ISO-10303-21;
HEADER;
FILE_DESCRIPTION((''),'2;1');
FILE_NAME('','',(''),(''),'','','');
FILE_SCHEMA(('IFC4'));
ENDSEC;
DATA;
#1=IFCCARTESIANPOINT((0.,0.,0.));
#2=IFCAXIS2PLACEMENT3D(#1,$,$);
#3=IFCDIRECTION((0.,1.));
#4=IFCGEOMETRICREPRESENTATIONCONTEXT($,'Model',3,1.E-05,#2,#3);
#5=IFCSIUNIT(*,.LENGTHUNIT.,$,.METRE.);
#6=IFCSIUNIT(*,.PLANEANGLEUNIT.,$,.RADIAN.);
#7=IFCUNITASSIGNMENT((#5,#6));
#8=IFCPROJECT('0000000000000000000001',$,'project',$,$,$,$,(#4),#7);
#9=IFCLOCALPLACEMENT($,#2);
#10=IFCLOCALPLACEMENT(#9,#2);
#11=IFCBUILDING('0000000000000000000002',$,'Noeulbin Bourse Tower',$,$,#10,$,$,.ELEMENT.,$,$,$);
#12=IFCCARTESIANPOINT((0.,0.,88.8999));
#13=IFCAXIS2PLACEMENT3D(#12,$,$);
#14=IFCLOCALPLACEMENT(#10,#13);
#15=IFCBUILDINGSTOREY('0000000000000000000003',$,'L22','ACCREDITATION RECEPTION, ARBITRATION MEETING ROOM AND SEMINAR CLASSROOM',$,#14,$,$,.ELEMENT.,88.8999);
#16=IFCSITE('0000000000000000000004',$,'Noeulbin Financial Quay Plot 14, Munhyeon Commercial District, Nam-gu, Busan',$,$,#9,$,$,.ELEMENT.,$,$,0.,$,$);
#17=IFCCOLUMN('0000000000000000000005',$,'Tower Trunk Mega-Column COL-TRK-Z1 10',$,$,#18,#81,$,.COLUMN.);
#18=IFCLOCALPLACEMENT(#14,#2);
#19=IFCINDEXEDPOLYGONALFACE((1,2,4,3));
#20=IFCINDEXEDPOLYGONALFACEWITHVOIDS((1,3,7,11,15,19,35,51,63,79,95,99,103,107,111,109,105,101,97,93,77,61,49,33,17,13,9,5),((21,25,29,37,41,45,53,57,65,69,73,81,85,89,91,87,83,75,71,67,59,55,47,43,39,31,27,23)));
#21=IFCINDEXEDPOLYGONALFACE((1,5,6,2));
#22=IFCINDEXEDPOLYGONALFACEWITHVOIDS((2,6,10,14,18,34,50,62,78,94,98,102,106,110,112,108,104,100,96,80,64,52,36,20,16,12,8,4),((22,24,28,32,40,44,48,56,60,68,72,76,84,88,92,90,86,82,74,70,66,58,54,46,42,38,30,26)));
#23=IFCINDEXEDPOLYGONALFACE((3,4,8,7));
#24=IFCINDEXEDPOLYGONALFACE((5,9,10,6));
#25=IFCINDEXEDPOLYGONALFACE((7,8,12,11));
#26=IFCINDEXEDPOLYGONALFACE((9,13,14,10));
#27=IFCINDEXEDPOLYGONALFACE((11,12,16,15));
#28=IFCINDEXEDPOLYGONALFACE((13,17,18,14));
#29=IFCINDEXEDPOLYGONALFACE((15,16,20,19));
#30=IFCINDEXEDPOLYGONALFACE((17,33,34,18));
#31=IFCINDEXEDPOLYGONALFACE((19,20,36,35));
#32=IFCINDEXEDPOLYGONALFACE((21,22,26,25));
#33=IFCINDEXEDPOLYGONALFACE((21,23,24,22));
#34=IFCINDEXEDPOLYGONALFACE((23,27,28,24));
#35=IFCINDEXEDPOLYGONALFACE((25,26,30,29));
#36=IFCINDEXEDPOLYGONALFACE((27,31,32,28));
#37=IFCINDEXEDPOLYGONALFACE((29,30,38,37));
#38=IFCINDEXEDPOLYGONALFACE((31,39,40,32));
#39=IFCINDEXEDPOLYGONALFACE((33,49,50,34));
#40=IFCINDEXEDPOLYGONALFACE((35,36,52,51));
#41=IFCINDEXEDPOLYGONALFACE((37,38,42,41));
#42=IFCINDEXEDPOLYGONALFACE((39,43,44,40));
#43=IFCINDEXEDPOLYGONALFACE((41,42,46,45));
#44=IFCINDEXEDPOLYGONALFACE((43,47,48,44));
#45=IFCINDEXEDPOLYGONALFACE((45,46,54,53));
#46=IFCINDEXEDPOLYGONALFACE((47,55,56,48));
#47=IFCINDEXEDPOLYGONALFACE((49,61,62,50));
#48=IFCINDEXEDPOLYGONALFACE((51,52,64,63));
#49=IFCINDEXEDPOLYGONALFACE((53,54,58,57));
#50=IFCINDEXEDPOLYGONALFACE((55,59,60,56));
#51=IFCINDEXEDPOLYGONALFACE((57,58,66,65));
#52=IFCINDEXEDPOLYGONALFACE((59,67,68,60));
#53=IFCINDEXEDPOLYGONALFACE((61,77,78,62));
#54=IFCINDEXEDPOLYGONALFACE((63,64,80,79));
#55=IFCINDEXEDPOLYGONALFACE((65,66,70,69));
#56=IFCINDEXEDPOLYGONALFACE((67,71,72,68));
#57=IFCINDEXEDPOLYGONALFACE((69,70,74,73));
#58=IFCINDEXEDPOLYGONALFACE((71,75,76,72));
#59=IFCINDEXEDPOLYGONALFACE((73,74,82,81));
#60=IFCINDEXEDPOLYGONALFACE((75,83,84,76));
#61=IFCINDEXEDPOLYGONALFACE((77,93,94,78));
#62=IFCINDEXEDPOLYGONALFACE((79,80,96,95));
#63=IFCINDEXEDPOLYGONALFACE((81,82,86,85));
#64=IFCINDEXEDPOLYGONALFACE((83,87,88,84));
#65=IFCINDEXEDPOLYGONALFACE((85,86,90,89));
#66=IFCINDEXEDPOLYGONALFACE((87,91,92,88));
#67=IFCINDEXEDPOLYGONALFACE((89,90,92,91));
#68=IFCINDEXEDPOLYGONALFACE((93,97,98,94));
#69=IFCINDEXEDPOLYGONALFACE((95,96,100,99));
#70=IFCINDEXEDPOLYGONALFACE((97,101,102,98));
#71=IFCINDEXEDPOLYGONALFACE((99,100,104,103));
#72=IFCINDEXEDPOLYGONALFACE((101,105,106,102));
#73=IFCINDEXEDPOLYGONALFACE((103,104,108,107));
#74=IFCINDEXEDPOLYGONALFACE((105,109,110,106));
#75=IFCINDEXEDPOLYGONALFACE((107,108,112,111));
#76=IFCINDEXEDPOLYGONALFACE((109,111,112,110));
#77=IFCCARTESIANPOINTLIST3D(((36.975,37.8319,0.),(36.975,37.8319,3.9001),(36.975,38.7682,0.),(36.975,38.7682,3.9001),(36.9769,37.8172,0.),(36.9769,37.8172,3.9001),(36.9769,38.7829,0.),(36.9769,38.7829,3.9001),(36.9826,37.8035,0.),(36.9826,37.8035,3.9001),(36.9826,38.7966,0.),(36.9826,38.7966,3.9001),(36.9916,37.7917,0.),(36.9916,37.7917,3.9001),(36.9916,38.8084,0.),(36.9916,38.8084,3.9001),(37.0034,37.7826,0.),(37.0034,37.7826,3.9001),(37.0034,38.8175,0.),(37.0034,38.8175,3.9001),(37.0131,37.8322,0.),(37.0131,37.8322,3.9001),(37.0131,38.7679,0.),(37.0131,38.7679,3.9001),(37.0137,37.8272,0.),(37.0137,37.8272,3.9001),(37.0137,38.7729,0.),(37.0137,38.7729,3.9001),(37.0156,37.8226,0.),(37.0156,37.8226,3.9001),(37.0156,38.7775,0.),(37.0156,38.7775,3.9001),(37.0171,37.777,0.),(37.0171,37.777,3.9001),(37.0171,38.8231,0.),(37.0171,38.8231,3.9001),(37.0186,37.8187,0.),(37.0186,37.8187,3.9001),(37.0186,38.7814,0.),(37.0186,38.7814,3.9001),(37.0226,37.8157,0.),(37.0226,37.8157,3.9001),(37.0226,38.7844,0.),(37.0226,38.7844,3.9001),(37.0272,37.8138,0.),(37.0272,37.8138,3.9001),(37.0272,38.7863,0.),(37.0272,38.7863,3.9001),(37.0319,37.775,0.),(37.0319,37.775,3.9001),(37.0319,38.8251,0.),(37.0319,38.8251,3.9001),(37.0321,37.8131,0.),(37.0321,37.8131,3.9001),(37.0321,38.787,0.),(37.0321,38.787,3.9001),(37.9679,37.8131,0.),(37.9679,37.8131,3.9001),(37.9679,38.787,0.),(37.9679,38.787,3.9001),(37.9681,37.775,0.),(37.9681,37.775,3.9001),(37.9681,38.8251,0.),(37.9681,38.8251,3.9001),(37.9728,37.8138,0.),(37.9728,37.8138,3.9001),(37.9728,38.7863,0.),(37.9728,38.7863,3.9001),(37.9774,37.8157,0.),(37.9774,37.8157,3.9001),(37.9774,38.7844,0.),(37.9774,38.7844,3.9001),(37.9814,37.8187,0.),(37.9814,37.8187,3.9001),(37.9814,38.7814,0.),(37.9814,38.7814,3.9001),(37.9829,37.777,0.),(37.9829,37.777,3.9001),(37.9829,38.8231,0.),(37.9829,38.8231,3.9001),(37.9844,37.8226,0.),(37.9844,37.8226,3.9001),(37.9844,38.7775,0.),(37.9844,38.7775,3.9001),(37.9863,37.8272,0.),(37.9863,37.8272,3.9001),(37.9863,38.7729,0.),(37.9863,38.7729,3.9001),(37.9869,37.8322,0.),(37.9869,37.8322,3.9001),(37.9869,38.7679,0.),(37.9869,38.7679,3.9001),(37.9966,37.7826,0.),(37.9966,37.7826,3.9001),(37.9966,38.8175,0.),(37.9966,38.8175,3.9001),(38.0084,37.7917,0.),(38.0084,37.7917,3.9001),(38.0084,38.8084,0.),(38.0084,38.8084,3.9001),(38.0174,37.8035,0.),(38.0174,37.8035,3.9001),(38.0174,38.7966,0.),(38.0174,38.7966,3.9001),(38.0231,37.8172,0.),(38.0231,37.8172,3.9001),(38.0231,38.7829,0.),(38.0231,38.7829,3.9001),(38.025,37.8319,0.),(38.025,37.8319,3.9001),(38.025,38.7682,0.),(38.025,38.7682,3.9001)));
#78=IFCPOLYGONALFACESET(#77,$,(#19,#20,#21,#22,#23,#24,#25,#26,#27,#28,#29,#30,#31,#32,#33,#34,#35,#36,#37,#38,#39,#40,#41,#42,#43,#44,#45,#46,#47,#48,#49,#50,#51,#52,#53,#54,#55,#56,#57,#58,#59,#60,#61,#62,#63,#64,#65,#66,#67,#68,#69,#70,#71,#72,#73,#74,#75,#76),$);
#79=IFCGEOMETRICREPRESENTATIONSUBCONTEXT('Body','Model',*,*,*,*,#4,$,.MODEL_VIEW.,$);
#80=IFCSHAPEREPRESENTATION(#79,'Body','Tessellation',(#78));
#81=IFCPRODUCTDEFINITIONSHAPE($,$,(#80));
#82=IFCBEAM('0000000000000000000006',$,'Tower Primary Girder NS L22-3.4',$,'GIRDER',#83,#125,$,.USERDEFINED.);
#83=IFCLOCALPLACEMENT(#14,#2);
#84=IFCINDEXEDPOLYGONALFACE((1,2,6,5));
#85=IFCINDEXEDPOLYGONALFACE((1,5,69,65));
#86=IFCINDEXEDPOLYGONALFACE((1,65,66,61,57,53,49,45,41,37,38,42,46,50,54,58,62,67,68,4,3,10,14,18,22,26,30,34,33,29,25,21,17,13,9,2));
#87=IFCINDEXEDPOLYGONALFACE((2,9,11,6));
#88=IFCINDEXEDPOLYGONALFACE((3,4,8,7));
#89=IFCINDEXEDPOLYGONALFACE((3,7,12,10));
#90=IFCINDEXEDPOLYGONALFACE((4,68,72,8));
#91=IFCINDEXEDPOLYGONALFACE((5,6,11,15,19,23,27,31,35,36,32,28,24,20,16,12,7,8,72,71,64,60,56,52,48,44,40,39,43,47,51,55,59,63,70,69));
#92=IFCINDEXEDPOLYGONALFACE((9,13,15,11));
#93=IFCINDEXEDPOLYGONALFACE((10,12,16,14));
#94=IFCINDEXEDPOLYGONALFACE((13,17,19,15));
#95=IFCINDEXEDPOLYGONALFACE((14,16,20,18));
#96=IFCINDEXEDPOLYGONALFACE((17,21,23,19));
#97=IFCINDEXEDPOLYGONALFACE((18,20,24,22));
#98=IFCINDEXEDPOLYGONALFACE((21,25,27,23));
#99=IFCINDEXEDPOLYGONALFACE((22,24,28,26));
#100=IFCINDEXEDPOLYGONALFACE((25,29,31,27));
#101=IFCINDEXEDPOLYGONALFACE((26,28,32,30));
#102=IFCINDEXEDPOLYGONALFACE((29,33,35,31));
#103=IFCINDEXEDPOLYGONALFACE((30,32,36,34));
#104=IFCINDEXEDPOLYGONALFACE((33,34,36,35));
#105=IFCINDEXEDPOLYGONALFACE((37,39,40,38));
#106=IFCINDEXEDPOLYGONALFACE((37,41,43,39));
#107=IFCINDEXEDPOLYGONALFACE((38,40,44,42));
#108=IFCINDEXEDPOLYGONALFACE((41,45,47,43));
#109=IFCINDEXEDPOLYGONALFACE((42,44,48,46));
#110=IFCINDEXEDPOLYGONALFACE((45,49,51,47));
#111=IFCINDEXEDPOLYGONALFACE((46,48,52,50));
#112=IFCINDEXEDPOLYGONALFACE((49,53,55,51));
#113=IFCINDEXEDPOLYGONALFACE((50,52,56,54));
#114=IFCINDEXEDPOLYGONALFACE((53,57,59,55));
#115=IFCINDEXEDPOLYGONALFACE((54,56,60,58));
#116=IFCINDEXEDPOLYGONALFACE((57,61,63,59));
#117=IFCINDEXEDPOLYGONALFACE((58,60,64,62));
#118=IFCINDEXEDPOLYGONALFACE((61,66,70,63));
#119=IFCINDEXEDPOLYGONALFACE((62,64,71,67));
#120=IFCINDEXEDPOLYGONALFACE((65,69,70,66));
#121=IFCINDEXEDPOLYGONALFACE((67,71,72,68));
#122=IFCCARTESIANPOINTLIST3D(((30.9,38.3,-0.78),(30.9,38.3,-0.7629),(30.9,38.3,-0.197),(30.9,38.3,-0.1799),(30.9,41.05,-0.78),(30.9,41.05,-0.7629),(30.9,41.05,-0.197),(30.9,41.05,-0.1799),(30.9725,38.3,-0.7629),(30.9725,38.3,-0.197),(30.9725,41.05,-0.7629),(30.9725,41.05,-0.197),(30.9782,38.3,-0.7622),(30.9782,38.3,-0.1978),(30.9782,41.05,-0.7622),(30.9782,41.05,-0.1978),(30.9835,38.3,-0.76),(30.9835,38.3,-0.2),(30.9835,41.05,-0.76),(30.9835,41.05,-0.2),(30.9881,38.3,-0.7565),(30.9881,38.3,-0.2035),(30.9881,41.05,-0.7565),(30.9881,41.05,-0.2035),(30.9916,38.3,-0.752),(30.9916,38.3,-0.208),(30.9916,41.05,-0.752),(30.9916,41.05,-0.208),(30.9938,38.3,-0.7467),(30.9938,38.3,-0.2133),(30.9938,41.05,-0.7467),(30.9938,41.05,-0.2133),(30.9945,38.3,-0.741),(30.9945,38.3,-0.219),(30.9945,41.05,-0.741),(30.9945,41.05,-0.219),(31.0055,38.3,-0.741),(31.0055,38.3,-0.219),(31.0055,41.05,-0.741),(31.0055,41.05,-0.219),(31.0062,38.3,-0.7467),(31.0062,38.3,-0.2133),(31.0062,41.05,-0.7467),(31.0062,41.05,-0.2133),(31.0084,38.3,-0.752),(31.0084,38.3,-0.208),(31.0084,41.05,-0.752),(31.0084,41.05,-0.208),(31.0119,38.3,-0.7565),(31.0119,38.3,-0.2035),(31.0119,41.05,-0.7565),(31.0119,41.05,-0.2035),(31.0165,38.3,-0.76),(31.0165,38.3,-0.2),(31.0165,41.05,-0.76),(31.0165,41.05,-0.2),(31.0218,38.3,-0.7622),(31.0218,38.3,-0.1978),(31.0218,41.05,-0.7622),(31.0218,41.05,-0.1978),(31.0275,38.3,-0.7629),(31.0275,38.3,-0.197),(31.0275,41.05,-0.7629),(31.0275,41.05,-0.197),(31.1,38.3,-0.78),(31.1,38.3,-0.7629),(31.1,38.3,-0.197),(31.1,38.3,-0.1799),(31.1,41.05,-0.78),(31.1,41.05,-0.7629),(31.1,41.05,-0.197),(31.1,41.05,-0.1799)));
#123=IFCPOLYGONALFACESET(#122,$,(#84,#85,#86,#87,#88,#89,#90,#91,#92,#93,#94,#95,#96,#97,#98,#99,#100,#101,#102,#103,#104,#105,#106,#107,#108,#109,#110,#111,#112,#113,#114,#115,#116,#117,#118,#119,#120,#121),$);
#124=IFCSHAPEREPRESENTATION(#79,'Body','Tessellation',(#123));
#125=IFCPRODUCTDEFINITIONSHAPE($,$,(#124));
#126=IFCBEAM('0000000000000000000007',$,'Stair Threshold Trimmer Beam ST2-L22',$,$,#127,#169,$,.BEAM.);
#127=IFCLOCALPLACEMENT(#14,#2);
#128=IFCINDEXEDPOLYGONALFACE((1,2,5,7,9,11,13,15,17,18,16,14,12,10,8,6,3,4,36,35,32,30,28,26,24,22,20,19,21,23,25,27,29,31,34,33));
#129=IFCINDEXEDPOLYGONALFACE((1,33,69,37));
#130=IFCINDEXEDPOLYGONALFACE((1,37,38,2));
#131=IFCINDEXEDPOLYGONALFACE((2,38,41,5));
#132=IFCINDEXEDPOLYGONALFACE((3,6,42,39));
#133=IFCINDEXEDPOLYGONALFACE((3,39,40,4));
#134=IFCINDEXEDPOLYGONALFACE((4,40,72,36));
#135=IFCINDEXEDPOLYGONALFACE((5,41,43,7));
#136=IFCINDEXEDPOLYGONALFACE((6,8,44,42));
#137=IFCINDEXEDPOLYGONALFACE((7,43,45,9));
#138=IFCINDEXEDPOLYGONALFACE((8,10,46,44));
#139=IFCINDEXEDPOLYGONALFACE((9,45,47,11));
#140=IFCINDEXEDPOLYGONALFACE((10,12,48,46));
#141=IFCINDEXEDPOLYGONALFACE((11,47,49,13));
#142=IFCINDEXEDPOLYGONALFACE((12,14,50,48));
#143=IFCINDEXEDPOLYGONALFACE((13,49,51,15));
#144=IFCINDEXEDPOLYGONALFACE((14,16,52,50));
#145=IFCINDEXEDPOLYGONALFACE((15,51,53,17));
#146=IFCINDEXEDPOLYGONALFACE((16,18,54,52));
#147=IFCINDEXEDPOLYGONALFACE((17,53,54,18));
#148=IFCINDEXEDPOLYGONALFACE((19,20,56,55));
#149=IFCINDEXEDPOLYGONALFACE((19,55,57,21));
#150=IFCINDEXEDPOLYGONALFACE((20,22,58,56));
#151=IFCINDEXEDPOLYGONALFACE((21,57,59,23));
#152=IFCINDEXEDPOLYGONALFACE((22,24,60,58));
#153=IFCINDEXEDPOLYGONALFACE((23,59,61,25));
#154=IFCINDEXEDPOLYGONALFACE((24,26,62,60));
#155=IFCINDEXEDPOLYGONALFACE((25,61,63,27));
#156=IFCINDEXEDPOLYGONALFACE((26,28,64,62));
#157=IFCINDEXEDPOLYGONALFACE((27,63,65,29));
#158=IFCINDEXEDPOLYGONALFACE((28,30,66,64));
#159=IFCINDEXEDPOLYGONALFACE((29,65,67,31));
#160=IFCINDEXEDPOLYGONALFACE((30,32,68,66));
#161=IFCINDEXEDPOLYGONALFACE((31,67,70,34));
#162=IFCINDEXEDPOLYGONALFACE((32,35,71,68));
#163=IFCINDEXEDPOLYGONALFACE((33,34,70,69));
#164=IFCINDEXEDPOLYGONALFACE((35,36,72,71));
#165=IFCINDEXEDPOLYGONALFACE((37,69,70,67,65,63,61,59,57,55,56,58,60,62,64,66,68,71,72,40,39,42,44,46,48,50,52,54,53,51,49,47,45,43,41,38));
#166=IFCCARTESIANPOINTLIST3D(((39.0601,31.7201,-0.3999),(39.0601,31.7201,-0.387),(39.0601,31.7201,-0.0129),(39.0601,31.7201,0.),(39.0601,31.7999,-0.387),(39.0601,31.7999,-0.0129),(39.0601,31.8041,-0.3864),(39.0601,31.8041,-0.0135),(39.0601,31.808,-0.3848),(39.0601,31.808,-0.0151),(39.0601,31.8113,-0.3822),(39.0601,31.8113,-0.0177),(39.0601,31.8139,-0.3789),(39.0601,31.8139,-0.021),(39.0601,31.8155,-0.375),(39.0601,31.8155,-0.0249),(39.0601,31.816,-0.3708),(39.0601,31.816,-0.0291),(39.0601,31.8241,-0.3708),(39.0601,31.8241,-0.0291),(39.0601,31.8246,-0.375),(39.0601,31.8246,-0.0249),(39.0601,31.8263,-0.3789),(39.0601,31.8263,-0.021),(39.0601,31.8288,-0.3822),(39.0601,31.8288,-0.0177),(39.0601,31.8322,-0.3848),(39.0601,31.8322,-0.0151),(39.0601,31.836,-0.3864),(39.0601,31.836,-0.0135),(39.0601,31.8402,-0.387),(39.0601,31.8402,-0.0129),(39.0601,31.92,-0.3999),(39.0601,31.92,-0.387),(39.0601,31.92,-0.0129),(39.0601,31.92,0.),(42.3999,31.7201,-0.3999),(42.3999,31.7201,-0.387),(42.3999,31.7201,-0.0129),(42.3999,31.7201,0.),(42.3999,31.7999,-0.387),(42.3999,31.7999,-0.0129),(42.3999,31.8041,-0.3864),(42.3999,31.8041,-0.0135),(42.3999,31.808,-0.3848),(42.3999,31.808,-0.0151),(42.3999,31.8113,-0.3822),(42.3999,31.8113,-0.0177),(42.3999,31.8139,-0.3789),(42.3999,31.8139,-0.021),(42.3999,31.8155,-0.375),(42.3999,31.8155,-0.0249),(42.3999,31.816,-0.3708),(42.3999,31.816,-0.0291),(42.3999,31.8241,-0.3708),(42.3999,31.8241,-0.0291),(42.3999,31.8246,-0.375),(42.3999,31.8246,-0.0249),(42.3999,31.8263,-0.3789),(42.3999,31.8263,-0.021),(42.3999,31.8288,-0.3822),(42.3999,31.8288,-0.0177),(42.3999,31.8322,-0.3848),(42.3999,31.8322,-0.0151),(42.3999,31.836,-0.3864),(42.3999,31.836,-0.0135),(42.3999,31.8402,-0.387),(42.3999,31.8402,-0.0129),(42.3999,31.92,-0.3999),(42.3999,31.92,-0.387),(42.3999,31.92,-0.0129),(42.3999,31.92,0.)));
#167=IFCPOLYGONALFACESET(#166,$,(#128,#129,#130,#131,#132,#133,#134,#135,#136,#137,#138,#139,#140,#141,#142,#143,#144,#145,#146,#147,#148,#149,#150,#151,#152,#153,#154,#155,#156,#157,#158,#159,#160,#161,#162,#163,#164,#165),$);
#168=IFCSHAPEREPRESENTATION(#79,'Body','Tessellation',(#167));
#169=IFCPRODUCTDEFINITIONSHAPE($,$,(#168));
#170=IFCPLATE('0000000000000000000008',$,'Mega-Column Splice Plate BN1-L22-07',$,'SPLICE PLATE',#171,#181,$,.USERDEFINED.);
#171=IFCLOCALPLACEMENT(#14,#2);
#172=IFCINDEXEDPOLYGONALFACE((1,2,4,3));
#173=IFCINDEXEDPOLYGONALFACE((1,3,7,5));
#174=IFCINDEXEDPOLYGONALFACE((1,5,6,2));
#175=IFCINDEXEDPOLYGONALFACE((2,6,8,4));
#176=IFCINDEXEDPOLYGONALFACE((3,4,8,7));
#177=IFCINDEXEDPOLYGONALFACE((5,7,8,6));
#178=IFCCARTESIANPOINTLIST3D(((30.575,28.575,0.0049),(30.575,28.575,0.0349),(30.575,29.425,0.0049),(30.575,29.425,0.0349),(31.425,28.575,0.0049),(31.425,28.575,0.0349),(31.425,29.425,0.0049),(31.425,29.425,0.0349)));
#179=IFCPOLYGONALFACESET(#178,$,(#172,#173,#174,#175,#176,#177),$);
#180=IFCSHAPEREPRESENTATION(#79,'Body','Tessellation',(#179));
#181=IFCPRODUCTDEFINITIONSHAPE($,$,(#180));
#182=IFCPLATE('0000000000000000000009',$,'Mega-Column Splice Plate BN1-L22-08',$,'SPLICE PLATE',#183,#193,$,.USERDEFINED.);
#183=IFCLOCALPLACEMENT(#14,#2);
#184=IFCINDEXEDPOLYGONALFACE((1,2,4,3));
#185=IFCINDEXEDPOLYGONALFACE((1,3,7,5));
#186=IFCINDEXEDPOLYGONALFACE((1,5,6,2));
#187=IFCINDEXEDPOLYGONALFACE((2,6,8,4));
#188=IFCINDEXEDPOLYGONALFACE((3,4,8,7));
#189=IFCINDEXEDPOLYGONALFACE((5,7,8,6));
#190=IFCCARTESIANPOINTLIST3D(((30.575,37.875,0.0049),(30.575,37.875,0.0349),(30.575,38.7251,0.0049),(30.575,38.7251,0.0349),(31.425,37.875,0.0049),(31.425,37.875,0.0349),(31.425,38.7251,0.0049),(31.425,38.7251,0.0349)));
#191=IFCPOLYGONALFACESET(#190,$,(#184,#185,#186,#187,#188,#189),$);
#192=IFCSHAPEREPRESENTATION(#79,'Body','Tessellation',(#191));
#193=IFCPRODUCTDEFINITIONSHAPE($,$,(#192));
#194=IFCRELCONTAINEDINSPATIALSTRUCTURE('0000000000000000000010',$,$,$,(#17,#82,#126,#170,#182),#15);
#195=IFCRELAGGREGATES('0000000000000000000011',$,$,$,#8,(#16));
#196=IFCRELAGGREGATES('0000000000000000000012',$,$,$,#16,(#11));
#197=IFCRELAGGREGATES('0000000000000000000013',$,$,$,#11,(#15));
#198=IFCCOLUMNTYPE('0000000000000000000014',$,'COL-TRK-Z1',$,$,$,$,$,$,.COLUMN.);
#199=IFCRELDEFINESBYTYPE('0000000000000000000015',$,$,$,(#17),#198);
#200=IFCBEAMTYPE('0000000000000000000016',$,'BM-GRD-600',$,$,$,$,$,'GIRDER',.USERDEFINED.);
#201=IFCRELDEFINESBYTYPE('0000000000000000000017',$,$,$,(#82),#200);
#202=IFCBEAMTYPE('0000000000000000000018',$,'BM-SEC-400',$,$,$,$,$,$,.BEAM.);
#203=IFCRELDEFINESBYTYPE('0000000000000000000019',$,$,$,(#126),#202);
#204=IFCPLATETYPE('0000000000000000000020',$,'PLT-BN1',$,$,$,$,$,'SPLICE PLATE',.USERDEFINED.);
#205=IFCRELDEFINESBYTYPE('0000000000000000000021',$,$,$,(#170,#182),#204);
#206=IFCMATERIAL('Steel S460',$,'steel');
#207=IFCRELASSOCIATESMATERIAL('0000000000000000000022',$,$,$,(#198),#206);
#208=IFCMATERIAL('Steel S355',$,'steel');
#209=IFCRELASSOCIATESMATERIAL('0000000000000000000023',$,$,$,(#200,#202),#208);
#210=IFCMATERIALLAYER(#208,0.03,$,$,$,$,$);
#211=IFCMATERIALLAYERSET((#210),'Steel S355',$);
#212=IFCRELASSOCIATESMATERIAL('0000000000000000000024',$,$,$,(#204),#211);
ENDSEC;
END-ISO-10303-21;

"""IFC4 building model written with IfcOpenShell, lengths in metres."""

from ifc_helpers import new_model, si_unit, direction, frame, origin, origin_2d, place, context, subcontext, project, spatial, rectangle, hollow_rectangle, i_section, extrude, material, layer, layer_set, material_profile, profile_set, type_object, element, save


model = new_model("IFC4")

# Units and contexts
model_context = context("Model", 3, precision=1e-05, world=origin(), true_north=direction((0.0, 1.0)))
body_context = subcontext(model_context, "Body", "Model", "MODEL_VIEW")
ifc_project = project(units=[si_unit("LENGTHUNIT", "METRE"), si_unit("PLANEANGLEUNIT", "RADIAN")], contexts=[model_context])

# Site, building, storey
site_placement = place(None, origin())
site = spatial("IfcSite", under=ifc_project, at=site_placement, Name="Noeulbin Financial Quay Plot 14, Munhyeon Commercial District, Nam-gu, Busan", CompositionType="ELEMENT", RefElevation=0.0)
building_placement = place(site_placement, origin())
building = spatial("IfcBuilding", under=site, at=building_placement, Name="Noeulbin Bourse Tower", CompositionType="ELEMENT")
storey_placement = place(building_placement, frame((0.0, 0.0, 88.8999)))
storey = spatial("IfcBuildingStorey", under=building, at=storey_placement, Name="L22", Description="ACCREDITATION RECEPTION, ARBITRATION MEETING ROOM AND SEMINAR CLASSROOM", CompositionType="ELEMENT", Elevation=88.8999)

# Column
ifc_material_1 = material(Name="Steel S460", Category="steel")
ifc_material_profile_1 = material_profile(ifc_material_1, hollow_rectangle(XDim=1.05, YDim=1.05, WallThickness=0.0381, InnerFilletRadius=0.019, OuterFilletRadius=0.0569, at=origin_2d()), Name="BOX-1050x1050x38", Category="LoadBearing")
ifc_profile_set_1 = profile_set([ifc_material_profile_1], Name="Steel S460")
column_type = type_object("IfcColumnType", Name="COL-TRK-Z1", PredefinedType="COLUMN", material=ifc_profile_set_1)
for number, where, z_axis, x_axis, name in (
    (1, (37.5, 38.3, 0.0), (0.0, 0.0, 1.0), (1.0, 0.0, 0.0), "Tower Trunk Mega-Column COL-TRK-Z1 10"),
):
    element("IfcColumn", number, at=place(storey_placement, frame(where, z_axis=z_axis, x_axis=x_axis)), inside=storey, type_object=column_type, Name=name, PredefinedType="COLUMN", context=body_context, shape_type="SweptSolid", body=[
        extrude(hollow_rectangle(XDim=1.05, YDim=1.05, WallThickness=0.0381, InnerFilletRadius=0.019, OuterFilletRadius=0.0569, at=origin_2d()), origin(), (0.0, 0.0, 1.0), 3.9001),
    ])

# Beams
ifc_material_2 = material(Name="Steel S355", Category="steel")
ifc_material_profile_2 = material_profile(ifc_material_2, i_section(OverallWidth=0.2, OverallDepth=0.6001, WebThickness=0.011, FlangeThickness=0.0171, FilletRadius=0.022, at=origin_2d()), Name="H-600x200x11x17", Category="LoadBearing")
ifc_profile_set_2 = profile_set([ifc_material_profile_2], Name="Steel S355")
beam_type_1 = type_object("IfcBeamType", Name="BM-GRD-600", ElementType="GIRDER", PredefinedType="USERDEFINED", material=ifc_profile_set_2)
beam_1_placement = place(storey_placement, frame((31.0, 38.3, -0.48), z_axis=(0.0, 1.0, 0.0), x_axis=(-1.0, 0.0, 0.0)))
element("IfcBeam", 2, at=beam_1_placement, inside=storey, type_object=beam_type_1, Name="Tower Primary Girder NS L22-3.4", ObjectType="GIRDER", PredefinedType="USERDEFINED", context=body_context, shape_type="SweptSolid", body=[
    extrude(i_section(OverallWidth=0.2, OverallDepth=0.6001, WebThickness=0.011, FlangeThickness=0.0171, FilletRadius=0.022, at=origin_2d()), origin(), (0.0, 0.0, 1.0), 2.75),
])
ifc_material_profile_3 = material_profile(ifc_material_2, i_section(OverallWidth=0.2, OverallDepth=0.3999, WebThickness=0.0081, FlangeThickness=0.0129, FilletRadius=0.0161, at=origin_2d()), Name="H-400x200x8x13", Category="LoadBearing")
ifc_profile_set_3 = profile_set([ifc_material_profile_3], Name="Steel S355")
beam_type_2 = type_object("IfcBeamType", Name="BM-SEC-400", PredefinedType="BEAM", material=ifc_profile_set_3)
beam_2_placement = place(storey_placement, frame((39.0601, 31.8201, -0.2), z_axis=(1.0, 0.0, 0.0), x_axis=(0.0, 1.0, 0.0)))
element("IfcBeam", 3, at=beam_2_placement, inside=storey, type_object=beam_type_2, Name="Stair Threshold Trimmer Beam ST2-L22", PredefinedType="BEAM", context=body_context, shape_type="SweptSolid", body=[
    extrude(i_section(OverallWidth=0.2, OverallDepth=0.3999, WebThickness=0.0081, FlangeThickness=0.0129, FilletRadius=0.0161, at=origin_2d()), origin(), (0.0, 0.0, 1.0), 3.3398),
])

# Plates
ifc_layer_1 = layer(ifc_material_2, 0.03)
ifc_layer_set_1 = layer_set([ifc_layer_1], Name="Steel S355")
plate_type = type_object("IfcPlateType", Name="PLT-BN1", ElementType="SPLICE PLATE", PredefinedType="USERDEFINED", material=ifc_layer_set_1)
for number, where, z_axis, x_axis, name in (
    (4, (31.0, 29.0, 0.0049), (0.0, 0.0, 1.0), (1.0, 0.0, 0.0), "Mega-Column Splice Plate BN1-L22-07"),
    (5, (31.0, 38.3, 0.0049), (0.0, 0.0, 1.0), (1.0, 0.0, 0.0), "Mega-Column Splice Plate BN1-L22-08"),
):
    element("IfcPlate", number, at=place(storey_placement, frame(where, z_axis=z_axis, x_axis=x_axis)), inside=storey, type_object=plate_type, Name=name, ObjectType="SPLICE PLATE", PredefinedType="USERDEFINED", context=body_context, shape_type="SweptSolid", body=[
        extrude(rectangle(XDim=0.8501, YDim=0.8501, at=origin_2d()), origin(), (0.0, 0.0, 1.0), 0.03),
    ])

save(model, "model.ifc")
